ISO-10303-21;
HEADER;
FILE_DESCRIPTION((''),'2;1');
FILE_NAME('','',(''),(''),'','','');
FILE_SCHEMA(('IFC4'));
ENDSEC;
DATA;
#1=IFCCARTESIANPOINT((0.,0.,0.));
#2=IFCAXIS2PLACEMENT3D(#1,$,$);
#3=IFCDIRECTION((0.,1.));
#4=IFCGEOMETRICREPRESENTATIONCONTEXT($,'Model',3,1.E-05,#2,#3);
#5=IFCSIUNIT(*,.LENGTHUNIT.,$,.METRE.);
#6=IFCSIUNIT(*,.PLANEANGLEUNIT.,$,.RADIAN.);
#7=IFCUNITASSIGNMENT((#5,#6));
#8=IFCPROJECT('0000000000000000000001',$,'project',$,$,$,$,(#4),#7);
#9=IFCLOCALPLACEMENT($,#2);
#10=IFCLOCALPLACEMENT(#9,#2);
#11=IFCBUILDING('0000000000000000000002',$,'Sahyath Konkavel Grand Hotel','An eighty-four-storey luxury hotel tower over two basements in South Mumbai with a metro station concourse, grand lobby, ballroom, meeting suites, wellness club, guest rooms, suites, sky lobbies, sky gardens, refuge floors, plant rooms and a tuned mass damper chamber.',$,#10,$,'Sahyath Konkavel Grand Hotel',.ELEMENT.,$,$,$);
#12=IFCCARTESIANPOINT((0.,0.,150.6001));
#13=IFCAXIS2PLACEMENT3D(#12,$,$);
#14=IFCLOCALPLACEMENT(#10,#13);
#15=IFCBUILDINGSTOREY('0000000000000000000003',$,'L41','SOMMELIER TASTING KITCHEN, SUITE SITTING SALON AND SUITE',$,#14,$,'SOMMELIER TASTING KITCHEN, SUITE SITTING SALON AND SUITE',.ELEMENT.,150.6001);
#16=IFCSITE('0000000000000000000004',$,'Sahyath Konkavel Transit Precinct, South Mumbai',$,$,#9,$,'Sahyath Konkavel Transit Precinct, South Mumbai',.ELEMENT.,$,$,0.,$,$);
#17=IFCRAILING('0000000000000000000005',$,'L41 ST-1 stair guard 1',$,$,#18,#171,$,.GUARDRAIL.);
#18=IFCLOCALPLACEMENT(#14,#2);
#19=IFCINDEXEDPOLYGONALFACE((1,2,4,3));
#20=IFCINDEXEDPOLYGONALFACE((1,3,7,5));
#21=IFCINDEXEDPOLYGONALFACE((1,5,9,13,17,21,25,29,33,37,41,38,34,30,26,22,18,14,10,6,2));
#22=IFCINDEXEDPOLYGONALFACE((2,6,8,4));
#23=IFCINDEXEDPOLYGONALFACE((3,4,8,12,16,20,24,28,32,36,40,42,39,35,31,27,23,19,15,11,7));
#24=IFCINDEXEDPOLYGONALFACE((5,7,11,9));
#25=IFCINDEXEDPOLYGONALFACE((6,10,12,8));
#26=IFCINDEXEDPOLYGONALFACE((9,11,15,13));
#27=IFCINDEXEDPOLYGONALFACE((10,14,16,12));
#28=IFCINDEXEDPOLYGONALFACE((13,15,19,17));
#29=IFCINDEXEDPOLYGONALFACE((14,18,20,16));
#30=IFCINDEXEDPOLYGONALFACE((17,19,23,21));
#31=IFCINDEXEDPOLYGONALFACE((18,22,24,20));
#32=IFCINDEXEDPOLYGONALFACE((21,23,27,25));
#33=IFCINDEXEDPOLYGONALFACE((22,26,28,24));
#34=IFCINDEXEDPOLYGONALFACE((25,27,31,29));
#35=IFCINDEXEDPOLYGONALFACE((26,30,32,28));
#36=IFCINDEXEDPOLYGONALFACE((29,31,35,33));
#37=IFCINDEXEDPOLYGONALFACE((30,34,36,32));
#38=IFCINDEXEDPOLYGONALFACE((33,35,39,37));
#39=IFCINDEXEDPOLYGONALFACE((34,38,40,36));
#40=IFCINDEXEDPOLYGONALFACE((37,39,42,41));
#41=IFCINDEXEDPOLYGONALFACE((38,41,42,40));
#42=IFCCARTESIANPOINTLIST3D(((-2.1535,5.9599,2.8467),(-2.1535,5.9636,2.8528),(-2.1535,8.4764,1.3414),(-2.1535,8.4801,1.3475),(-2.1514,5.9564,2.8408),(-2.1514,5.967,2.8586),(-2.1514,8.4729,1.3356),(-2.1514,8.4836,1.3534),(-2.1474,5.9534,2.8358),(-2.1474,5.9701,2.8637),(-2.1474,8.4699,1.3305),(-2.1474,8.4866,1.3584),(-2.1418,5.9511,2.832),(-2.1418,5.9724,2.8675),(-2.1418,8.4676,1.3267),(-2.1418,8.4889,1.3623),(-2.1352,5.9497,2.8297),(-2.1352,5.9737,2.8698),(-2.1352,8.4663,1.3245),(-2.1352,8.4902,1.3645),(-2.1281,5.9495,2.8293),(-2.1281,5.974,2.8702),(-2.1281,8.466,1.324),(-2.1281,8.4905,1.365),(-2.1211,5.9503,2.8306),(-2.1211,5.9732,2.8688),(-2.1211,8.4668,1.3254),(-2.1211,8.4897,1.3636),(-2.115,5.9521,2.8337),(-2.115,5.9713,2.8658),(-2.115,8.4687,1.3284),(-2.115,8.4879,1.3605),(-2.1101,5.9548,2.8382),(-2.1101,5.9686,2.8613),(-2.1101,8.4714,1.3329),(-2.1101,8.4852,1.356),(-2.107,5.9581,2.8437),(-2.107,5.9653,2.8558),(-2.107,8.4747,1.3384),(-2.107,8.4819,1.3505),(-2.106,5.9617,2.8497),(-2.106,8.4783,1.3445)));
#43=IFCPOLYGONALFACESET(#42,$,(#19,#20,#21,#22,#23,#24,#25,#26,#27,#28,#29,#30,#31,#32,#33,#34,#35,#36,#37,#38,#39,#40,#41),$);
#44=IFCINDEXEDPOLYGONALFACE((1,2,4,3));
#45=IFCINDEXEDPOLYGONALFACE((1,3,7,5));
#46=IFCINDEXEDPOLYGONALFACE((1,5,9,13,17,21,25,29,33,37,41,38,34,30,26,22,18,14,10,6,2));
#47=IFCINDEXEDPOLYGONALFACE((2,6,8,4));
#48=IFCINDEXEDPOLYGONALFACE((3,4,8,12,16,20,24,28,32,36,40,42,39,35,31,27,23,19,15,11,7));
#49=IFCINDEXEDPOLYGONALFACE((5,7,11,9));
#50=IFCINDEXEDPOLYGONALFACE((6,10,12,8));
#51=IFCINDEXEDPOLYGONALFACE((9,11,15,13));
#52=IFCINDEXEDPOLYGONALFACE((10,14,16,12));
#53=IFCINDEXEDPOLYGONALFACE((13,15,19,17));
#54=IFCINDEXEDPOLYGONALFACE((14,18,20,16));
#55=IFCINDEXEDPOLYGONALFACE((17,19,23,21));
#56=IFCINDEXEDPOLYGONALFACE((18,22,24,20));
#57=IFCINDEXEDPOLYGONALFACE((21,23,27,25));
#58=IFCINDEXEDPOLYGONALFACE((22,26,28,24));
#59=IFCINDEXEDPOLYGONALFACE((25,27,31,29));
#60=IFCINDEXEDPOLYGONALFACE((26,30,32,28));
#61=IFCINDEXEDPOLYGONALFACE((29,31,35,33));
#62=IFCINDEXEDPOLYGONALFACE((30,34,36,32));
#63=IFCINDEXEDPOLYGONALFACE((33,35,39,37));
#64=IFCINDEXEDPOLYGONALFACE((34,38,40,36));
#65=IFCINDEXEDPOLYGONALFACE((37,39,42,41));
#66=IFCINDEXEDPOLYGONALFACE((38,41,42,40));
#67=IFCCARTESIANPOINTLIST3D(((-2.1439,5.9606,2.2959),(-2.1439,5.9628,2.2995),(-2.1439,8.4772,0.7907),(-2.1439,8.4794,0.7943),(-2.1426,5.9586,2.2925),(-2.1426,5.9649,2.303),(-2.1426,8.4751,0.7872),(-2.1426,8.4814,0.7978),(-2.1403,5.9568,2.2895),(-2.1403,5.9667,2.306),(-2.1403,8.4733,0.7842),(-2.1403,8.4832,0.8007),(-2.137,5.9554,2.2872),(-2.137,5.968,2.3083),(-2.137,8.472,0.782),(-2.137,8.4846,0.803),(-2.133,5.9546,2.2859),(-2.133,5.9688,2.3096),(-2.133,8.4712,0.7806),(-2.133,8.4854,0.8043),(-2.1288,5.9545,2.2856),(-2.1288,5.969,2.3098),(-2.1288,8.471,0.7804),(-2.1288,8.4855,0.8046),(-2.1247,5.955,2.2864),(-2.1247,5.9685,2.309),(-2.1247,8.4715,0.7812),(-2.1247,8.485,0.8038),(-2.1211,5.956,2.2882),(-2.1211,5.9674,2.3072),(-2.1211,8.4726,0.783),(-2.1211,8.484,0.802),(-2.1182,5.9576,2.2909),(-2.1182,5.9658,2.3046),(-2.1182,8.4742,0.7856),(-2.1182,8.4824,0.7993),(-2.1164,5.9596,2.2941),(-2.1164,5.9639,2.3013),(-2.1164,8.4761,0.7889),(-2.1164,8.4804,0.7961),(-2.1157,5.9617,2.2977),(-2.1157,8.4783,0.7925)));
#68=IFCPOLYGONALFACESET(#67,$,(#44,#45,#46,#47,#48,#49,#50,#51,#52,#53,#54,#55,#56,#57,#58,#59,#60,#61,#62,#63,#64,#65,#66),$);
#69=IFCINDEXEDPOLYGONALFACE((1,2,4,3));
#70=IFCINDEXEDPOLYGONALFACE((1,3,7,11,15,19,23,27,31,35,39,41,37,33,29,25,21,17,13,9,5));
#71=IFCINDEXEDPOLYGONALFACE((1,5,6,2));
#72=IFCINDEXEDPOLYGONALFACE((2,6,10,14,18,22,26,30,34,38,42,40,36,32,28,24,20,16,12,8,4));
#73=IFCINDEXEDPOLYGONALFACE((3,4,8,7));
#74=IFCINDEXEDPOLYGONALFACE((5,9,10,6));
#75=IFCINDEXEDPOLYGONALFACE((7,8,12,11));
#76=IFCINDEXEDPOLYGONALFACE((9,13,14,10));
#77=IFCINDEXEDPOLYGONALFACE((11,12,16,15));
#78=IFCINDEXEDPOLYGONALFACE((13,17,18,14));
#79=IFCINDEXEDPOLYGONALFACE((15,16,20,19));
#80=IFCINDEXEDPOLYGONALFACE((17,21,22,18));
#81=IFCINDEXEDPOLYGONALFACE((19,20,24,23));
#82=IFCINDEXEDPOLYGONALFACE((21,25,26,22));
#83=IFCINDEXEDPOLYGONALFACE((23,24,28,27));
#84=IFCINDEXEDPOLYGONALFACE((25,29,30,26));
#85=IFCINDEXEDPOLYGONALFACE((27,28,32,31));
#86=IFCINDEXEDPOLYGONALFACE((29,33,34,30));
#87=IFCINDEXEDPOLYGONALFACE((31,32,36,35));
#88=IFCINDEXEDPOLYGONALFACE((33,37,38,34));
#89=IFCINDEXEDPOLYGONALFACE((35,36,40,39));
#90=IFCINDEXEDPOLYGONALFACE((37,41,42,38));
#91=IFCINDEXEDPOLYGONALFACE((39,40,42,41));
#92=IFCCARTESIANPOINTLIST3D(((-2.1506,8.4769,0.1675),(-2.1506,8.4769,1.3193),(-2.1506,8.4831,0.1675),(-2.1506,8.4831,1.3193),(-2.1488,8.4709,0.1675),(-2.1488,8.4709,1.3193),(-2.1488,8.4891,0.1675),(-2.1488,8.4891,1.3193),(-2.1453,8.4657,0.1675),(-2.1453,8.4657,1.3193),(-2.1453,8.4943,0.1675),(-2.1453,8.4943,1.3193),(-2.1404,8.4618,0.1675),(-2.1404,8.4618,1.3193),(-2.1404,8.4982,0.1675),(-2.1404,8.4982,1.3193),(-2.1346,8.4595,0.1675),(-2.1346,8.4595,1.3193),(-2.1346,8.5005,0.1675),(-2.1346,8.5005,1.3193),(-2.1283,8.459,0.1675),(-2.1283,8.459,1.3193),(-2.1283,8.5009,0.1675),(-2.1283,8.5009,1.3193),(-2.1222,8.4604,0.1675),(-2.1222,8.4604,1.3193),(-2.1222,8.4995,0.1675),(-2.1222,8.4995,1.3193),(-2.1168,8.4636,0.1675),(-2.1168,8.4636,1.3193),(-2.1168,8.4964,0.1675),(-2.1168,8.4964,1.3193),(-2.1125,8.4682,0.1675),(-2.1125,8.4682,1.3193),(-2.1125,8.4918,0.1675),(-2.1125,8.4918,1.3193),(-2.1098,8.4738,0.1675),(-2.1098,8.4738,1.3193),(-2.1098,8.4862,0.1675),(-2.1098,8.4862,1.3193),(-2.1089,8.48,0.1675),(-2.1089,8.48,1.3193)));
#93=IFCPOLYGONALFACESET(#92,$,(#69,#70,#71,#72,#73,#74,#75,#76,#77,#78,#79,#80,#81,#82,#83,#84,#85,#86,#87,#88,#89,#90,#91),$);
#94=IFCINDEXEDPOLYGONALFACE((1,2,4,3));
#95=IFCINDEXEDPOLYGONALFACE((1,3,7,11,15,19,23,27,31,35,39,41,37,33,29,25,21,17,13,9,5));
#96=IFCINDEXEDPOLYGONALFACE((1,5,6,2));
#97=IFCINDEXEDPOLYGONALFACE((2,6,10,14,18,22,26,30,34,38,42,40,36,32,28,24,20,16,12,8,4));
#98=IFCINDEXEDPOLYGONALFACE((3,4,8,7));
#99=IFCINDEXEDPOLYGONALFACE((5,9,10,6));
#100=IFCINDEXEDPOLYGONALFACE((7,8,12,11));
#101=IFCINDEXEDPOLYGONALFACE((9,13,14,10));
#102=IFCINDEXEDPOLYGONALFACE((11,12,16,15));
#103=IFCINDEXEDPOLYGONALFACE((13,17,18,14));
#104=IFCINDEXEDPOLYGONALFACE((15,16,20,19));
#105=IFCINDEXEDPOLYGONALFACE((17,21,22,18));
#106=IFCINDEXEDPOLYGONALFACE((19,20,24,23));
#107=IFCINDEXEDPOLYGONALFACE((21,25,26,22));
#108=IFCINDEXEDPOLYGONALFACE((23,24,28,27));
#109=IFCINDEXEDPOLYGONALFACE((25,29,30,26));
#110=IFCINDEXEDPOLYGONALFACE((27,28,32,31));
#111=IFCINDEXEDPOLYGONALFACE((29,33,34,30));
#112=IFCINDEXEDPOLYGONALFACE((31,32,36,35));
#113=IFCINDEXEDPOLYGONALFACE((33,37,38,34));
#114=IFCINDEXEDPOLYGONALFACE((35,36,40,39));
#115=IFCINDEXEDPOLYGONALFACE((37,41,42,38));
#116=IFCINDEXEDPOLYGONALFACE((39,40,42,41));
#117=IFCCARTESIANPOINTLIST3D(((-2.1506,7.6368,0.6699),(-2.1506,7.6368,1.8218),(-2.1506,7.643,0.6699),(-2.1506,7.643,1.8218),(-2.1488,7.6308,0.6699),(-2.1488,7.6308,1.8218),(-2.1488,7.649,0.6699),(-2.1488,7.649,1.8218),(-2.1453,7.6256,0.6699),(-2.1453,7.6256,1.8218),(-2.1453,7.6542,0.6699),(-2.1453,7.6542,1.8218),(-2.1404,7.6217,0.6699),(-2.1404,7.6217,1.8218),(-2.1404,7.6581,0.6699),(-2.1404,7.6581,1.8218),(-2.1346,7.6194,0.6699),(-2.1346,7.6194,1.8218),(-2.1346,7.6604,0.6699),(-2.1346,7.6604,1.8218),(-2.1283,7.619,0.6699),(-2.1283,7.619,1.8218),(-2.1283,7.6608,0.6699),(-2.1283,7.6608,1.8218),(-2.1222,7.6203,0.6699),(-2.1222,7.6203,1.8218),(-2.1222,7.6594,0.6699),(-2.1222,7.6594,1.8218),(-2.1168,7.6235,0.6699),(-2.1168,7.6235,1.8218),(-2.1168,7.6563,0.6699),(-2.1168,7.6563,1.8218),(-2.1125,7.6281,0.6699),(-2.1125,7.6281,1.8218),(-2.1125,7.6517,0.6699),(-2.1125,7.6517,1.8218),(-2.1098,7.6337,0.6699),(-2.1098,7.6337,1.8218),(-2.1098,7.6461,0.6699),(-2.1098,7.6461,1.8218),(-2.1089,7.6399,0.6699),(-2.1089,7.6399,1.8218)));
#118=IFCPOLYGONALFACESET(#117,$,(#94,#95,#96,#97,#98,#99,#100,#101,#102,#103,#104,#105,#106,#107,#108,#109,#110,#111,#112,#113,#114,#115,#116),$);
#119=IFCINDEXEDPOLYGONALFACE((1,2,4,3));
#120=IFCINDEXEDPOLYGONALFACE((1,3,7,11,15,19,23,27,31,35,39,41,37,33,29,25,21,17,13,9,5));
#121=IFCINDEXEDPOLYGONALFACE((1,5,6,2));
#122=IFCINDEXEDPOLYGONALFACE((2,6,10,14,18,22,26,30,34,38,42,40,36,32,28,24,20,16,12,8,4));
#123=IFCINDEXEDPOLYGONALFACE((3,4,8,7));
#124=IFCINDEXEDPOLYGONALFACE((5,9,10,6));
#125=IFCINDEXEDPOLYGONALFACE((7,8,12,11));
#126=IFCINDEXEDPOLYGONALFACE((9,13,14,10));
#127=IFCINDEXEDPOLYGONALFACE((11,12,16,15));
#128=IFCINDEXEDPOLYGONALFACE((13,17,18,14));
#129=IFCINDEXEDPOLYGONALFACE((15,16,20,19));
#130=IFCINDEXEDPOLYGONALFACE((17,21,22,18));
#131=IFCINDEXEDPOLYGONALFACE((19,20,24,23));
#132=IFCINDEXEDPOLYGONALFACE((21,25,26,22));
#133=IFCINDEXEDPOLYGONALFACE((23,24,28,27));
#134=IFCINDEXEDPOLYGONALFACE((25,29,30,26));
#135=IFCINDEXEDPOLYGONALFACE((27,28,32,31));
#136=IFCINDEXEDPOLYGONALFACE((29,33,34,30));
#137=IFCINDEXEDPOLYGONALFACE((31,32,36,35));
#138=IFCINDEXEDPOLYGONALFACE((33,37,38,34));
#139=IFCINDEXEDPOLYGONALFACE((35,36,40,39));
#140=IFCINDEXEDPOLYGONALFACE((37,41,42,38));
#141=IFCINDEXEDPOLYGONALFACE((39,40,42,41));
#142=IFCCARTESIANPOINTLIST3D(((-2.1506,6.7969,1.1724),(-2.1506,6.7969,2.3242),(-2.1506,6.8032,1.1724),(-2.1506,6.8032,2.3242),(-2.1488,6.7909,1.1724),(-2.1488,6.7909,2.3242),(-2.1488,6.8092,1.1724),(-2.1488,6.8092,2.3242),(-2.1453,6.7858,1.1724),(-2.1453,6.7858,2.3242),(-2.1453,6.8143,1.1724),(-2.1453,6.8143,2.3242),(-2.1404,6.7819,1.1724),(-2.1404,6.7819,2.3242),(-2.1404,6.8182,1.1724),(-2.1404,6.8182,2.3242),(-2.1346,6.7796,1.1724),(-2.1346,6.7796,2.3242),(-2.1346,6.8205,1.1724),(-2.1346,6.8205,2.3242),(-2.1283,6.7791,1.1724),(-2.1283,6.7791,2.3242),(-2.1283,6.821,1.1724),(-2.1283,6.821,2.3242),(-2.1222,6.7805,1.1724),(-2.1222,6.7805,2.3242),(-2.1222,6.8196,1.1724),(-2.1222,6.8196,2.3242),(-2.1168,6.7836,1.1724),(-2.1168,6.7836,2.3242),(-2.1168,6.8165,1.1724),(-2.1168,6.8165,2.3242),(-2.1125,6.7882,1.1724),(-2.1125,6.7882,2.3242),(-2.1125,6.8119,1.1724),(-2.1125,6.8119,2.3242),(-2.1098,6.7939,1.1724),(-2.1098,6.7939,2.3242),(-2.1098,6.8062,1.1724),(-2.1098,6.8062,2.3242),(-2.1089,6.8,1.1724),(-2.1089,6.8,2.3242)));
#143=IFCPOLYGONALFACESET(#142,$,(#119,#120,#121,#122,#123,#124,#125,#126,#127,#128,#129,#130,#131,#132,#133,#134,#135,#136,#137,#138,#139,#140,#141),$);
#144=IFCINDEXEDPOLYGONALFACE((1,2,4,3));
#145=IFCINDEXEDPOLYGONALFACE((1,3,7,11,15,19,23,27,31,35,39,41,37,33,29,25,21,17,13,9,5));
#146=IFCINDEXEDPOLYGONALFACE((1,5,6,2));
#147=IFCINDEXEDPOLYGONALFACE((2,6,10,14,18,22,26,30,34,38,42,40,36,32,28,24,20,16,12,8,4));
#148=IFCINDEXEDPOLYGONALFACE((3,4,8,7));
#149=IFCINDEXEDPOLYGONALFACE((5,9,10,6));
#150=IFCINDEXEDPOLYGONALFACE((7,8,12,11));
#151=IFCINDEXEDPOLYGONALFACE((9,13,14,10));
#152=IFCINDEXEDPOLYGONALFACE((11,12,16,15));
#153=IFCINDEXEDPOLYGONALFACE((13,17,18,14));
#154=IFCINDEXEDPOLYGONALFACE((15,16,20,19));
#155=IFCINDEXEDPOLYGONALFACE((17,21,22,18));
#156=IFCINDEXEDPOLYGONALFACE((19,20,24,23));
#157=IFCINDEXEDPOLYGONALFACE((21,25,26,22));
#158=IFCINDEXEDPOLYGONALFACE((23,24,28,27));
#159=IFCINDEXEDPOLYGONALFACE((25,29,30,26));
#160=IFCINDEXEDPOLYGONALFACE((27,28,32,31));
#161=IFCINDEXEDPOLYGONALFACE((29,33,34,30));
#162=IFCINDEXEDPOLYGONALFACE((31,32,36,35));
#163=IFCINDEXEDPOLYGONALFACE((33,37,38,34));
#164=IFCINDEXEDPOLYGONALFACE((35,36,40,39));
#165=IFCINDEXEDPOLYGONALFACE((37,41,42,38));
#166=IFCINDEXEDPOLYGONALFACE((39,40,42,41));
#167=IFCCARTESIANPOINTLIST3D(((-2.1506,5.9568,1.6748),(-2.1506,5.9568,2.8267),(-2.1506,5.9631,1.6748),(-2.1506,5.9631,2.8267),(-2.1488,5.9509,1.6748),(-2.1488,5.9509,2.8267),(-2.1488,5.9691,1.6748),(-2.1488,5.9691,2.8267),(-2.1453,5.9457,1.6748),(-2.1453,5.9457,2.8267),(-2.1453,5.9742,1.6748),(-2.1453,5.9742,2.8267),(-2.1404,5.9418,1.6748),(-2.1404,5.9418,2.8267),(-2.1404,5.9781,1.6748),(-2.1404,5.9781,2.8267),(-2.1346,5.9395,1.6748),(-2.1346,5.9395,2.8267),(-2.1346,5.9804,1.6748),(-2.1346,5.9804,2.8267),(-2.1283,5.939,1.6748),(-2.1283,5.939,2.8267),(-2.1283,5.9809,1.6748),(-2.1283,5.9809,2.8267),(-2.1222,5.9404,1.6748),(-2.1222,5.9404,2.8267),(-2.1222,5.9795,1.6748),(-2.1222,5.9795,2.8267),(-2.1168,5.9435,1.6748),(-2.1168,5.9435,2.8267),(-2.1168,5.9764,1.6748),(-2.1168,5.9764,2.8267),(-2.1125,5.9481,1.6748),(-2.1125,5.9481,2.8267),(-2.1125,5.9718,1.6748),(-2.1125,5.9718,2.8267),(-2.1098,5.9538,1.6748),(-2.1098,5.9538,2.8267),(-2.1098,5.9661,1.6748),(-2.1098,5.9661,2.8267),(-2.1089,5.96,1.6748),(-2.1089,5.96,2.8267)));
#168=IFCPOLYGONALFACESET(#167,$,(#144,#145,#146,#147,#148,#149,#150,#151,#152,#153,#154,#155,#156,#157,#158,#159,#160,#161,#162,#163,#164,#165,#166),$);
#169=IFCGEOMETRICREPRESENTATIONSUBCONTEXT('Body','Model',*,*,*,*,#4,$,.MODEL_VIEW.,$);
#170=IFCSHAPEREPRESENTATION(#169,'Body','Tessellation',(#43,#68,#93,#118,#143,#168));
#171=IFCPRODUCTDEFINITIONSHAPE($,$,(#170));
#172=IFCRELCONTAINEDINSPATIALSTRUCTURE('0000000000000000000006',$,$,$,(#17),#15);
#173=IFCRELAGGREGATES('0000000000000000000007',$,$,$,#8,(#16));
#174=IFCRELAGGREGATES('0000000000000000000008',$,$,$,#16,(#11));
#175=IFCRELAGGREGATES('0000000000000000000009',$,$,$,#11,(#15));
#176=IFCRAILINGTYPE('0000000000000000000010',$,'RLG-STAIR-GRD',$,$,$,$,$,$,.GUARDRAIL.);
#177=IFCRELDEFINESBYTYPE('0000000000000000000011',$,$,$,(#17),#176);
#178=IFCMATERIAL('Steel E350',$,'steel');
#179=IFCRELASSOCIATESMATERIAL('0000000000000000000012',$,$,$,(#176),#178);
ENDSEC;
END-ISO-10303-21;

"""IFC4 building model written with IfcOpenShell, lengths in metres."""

from ifc_helpers import new_model, si_unit, direction, frame, origin, origin_2d, place, context, subcontext, project, spatial, circle, extrude, material, type_object, element, save


model = new_model("IFC4")

# Units and contexts
model_context = context("Model", 3, precision=1e-05, world=origin(), true_north=direction((0.0, 1.0)))
body_context = subcontext(model_context, "Body", "Model", "MODEL_VIEW")
ifc_project = project(units=[si_unit("LENGTHUNIT", "METRE"), si_unit("PLANEANGLEUNIT", "RADIAN")], contexts=[model_context])

# Site, building, storey
site_placement = place(None, origin())
site = spatial("IfcSite", under=ifc_project, at=site_placement, Name="Sahyath Konkavel Transit Precinct, South Mumbai", LongName="Sahyath Konkavel Transit Precinct, South Mumbai", CompositionType="ELEMENT", RefElevation=0.0)
building_placement = place(site_placement, origin())
building = spatial("IfcBuilding", under=site, at=building_placement, Name="Sahyath Konkavel Grand Hotel", Description="An eighty-four-storey luxury hotel tower over two basements in South Mumbai with a metro station concourse, grand lobby, ballroom, meeting suites, wellness club, guest rooms, suites, sky lobbies, sky gardens, refuge floors, plant rooms and a tuned mass damper chamber.", LongName="Sahyath Konkavel Grand Hotel", CompositionType="ELEMENT")
storey_placement = place(building_placement, frame((0.0, 0.0, 150.6001)))
storey = spatial("IfcBuildingStorey", under=building, at=storey_placement, Name="L41", Description="SOMMELIER TASTING KITCHEN, SUITE SITTING SALON AND SUITE", LongName="SOMMELIER TASTING KITCHEN, SUITE SITTING SALON AND SUITE", CompositionType="ELEMENT", Elevation=150.6001)

# Shared definitions
ifc_material_1 = material(Name="Steel E350", Category="steel")

# Railing
railing_type_1 = type_object("IfcRailingType", Name="RLG-STAIR-GRD", PredefinedType="GUARDRAIL", material=ifc_material_1)
railing_1_placement = place(storey_placement, frame((-2.1299, 8.48, 0.1675)))
element("IfcRailing", 1, at=railing_1_placement, inside=storey, type_object=railing_type_1, Name="L41 ST-1 stair guard 1", PredefinedType="GUARDRAIL", context=body_context, shape_type="SweptSolid", body=[
    extrude(circle(Radius=0.0239, at=origin_2d()), frame((0.0, -0.0017, 1.177), z_axis=(0.0, -0.858196, 0.513321), x_axis=(1.0, 0.0, 0.0)), (0.0, 0.0, 1.0), 2.9324),
    extrude(circle(Radius=0.0142, at=origin_2d()), frame((0.0, -0.0017, 0.625), z_axis=(0.0, -0.858196, 0.513321), x_axis=(1.0, 0.0, 0.0)), (0.0, 0.0, 1.0), 2.9324),
    extrude(circle(Radius=0.021, at=origin_2d()), origin(), (0.0, 0.0, 1.0), 1.1519),
    extrude(circle(Radius=0.021, at=origin_2d()), frame((0.0, -0.8401, 0.5024)), (0.0, 0.0, 1.0), 1.1519),
    extrude(circle(Radius=0.021, at=origin_2d()), frame((0.0, -1.6799, 1.0049)), (0.0, 0.0, 1.0), 1.1519),
    extrude(circle(Radius=0.021, at=origin_2d()), frame((0.0, -2.52, 1.5073)), (0.0, 0.0, 1.0), 1.1519),
])

save(model, "model.ifc")
